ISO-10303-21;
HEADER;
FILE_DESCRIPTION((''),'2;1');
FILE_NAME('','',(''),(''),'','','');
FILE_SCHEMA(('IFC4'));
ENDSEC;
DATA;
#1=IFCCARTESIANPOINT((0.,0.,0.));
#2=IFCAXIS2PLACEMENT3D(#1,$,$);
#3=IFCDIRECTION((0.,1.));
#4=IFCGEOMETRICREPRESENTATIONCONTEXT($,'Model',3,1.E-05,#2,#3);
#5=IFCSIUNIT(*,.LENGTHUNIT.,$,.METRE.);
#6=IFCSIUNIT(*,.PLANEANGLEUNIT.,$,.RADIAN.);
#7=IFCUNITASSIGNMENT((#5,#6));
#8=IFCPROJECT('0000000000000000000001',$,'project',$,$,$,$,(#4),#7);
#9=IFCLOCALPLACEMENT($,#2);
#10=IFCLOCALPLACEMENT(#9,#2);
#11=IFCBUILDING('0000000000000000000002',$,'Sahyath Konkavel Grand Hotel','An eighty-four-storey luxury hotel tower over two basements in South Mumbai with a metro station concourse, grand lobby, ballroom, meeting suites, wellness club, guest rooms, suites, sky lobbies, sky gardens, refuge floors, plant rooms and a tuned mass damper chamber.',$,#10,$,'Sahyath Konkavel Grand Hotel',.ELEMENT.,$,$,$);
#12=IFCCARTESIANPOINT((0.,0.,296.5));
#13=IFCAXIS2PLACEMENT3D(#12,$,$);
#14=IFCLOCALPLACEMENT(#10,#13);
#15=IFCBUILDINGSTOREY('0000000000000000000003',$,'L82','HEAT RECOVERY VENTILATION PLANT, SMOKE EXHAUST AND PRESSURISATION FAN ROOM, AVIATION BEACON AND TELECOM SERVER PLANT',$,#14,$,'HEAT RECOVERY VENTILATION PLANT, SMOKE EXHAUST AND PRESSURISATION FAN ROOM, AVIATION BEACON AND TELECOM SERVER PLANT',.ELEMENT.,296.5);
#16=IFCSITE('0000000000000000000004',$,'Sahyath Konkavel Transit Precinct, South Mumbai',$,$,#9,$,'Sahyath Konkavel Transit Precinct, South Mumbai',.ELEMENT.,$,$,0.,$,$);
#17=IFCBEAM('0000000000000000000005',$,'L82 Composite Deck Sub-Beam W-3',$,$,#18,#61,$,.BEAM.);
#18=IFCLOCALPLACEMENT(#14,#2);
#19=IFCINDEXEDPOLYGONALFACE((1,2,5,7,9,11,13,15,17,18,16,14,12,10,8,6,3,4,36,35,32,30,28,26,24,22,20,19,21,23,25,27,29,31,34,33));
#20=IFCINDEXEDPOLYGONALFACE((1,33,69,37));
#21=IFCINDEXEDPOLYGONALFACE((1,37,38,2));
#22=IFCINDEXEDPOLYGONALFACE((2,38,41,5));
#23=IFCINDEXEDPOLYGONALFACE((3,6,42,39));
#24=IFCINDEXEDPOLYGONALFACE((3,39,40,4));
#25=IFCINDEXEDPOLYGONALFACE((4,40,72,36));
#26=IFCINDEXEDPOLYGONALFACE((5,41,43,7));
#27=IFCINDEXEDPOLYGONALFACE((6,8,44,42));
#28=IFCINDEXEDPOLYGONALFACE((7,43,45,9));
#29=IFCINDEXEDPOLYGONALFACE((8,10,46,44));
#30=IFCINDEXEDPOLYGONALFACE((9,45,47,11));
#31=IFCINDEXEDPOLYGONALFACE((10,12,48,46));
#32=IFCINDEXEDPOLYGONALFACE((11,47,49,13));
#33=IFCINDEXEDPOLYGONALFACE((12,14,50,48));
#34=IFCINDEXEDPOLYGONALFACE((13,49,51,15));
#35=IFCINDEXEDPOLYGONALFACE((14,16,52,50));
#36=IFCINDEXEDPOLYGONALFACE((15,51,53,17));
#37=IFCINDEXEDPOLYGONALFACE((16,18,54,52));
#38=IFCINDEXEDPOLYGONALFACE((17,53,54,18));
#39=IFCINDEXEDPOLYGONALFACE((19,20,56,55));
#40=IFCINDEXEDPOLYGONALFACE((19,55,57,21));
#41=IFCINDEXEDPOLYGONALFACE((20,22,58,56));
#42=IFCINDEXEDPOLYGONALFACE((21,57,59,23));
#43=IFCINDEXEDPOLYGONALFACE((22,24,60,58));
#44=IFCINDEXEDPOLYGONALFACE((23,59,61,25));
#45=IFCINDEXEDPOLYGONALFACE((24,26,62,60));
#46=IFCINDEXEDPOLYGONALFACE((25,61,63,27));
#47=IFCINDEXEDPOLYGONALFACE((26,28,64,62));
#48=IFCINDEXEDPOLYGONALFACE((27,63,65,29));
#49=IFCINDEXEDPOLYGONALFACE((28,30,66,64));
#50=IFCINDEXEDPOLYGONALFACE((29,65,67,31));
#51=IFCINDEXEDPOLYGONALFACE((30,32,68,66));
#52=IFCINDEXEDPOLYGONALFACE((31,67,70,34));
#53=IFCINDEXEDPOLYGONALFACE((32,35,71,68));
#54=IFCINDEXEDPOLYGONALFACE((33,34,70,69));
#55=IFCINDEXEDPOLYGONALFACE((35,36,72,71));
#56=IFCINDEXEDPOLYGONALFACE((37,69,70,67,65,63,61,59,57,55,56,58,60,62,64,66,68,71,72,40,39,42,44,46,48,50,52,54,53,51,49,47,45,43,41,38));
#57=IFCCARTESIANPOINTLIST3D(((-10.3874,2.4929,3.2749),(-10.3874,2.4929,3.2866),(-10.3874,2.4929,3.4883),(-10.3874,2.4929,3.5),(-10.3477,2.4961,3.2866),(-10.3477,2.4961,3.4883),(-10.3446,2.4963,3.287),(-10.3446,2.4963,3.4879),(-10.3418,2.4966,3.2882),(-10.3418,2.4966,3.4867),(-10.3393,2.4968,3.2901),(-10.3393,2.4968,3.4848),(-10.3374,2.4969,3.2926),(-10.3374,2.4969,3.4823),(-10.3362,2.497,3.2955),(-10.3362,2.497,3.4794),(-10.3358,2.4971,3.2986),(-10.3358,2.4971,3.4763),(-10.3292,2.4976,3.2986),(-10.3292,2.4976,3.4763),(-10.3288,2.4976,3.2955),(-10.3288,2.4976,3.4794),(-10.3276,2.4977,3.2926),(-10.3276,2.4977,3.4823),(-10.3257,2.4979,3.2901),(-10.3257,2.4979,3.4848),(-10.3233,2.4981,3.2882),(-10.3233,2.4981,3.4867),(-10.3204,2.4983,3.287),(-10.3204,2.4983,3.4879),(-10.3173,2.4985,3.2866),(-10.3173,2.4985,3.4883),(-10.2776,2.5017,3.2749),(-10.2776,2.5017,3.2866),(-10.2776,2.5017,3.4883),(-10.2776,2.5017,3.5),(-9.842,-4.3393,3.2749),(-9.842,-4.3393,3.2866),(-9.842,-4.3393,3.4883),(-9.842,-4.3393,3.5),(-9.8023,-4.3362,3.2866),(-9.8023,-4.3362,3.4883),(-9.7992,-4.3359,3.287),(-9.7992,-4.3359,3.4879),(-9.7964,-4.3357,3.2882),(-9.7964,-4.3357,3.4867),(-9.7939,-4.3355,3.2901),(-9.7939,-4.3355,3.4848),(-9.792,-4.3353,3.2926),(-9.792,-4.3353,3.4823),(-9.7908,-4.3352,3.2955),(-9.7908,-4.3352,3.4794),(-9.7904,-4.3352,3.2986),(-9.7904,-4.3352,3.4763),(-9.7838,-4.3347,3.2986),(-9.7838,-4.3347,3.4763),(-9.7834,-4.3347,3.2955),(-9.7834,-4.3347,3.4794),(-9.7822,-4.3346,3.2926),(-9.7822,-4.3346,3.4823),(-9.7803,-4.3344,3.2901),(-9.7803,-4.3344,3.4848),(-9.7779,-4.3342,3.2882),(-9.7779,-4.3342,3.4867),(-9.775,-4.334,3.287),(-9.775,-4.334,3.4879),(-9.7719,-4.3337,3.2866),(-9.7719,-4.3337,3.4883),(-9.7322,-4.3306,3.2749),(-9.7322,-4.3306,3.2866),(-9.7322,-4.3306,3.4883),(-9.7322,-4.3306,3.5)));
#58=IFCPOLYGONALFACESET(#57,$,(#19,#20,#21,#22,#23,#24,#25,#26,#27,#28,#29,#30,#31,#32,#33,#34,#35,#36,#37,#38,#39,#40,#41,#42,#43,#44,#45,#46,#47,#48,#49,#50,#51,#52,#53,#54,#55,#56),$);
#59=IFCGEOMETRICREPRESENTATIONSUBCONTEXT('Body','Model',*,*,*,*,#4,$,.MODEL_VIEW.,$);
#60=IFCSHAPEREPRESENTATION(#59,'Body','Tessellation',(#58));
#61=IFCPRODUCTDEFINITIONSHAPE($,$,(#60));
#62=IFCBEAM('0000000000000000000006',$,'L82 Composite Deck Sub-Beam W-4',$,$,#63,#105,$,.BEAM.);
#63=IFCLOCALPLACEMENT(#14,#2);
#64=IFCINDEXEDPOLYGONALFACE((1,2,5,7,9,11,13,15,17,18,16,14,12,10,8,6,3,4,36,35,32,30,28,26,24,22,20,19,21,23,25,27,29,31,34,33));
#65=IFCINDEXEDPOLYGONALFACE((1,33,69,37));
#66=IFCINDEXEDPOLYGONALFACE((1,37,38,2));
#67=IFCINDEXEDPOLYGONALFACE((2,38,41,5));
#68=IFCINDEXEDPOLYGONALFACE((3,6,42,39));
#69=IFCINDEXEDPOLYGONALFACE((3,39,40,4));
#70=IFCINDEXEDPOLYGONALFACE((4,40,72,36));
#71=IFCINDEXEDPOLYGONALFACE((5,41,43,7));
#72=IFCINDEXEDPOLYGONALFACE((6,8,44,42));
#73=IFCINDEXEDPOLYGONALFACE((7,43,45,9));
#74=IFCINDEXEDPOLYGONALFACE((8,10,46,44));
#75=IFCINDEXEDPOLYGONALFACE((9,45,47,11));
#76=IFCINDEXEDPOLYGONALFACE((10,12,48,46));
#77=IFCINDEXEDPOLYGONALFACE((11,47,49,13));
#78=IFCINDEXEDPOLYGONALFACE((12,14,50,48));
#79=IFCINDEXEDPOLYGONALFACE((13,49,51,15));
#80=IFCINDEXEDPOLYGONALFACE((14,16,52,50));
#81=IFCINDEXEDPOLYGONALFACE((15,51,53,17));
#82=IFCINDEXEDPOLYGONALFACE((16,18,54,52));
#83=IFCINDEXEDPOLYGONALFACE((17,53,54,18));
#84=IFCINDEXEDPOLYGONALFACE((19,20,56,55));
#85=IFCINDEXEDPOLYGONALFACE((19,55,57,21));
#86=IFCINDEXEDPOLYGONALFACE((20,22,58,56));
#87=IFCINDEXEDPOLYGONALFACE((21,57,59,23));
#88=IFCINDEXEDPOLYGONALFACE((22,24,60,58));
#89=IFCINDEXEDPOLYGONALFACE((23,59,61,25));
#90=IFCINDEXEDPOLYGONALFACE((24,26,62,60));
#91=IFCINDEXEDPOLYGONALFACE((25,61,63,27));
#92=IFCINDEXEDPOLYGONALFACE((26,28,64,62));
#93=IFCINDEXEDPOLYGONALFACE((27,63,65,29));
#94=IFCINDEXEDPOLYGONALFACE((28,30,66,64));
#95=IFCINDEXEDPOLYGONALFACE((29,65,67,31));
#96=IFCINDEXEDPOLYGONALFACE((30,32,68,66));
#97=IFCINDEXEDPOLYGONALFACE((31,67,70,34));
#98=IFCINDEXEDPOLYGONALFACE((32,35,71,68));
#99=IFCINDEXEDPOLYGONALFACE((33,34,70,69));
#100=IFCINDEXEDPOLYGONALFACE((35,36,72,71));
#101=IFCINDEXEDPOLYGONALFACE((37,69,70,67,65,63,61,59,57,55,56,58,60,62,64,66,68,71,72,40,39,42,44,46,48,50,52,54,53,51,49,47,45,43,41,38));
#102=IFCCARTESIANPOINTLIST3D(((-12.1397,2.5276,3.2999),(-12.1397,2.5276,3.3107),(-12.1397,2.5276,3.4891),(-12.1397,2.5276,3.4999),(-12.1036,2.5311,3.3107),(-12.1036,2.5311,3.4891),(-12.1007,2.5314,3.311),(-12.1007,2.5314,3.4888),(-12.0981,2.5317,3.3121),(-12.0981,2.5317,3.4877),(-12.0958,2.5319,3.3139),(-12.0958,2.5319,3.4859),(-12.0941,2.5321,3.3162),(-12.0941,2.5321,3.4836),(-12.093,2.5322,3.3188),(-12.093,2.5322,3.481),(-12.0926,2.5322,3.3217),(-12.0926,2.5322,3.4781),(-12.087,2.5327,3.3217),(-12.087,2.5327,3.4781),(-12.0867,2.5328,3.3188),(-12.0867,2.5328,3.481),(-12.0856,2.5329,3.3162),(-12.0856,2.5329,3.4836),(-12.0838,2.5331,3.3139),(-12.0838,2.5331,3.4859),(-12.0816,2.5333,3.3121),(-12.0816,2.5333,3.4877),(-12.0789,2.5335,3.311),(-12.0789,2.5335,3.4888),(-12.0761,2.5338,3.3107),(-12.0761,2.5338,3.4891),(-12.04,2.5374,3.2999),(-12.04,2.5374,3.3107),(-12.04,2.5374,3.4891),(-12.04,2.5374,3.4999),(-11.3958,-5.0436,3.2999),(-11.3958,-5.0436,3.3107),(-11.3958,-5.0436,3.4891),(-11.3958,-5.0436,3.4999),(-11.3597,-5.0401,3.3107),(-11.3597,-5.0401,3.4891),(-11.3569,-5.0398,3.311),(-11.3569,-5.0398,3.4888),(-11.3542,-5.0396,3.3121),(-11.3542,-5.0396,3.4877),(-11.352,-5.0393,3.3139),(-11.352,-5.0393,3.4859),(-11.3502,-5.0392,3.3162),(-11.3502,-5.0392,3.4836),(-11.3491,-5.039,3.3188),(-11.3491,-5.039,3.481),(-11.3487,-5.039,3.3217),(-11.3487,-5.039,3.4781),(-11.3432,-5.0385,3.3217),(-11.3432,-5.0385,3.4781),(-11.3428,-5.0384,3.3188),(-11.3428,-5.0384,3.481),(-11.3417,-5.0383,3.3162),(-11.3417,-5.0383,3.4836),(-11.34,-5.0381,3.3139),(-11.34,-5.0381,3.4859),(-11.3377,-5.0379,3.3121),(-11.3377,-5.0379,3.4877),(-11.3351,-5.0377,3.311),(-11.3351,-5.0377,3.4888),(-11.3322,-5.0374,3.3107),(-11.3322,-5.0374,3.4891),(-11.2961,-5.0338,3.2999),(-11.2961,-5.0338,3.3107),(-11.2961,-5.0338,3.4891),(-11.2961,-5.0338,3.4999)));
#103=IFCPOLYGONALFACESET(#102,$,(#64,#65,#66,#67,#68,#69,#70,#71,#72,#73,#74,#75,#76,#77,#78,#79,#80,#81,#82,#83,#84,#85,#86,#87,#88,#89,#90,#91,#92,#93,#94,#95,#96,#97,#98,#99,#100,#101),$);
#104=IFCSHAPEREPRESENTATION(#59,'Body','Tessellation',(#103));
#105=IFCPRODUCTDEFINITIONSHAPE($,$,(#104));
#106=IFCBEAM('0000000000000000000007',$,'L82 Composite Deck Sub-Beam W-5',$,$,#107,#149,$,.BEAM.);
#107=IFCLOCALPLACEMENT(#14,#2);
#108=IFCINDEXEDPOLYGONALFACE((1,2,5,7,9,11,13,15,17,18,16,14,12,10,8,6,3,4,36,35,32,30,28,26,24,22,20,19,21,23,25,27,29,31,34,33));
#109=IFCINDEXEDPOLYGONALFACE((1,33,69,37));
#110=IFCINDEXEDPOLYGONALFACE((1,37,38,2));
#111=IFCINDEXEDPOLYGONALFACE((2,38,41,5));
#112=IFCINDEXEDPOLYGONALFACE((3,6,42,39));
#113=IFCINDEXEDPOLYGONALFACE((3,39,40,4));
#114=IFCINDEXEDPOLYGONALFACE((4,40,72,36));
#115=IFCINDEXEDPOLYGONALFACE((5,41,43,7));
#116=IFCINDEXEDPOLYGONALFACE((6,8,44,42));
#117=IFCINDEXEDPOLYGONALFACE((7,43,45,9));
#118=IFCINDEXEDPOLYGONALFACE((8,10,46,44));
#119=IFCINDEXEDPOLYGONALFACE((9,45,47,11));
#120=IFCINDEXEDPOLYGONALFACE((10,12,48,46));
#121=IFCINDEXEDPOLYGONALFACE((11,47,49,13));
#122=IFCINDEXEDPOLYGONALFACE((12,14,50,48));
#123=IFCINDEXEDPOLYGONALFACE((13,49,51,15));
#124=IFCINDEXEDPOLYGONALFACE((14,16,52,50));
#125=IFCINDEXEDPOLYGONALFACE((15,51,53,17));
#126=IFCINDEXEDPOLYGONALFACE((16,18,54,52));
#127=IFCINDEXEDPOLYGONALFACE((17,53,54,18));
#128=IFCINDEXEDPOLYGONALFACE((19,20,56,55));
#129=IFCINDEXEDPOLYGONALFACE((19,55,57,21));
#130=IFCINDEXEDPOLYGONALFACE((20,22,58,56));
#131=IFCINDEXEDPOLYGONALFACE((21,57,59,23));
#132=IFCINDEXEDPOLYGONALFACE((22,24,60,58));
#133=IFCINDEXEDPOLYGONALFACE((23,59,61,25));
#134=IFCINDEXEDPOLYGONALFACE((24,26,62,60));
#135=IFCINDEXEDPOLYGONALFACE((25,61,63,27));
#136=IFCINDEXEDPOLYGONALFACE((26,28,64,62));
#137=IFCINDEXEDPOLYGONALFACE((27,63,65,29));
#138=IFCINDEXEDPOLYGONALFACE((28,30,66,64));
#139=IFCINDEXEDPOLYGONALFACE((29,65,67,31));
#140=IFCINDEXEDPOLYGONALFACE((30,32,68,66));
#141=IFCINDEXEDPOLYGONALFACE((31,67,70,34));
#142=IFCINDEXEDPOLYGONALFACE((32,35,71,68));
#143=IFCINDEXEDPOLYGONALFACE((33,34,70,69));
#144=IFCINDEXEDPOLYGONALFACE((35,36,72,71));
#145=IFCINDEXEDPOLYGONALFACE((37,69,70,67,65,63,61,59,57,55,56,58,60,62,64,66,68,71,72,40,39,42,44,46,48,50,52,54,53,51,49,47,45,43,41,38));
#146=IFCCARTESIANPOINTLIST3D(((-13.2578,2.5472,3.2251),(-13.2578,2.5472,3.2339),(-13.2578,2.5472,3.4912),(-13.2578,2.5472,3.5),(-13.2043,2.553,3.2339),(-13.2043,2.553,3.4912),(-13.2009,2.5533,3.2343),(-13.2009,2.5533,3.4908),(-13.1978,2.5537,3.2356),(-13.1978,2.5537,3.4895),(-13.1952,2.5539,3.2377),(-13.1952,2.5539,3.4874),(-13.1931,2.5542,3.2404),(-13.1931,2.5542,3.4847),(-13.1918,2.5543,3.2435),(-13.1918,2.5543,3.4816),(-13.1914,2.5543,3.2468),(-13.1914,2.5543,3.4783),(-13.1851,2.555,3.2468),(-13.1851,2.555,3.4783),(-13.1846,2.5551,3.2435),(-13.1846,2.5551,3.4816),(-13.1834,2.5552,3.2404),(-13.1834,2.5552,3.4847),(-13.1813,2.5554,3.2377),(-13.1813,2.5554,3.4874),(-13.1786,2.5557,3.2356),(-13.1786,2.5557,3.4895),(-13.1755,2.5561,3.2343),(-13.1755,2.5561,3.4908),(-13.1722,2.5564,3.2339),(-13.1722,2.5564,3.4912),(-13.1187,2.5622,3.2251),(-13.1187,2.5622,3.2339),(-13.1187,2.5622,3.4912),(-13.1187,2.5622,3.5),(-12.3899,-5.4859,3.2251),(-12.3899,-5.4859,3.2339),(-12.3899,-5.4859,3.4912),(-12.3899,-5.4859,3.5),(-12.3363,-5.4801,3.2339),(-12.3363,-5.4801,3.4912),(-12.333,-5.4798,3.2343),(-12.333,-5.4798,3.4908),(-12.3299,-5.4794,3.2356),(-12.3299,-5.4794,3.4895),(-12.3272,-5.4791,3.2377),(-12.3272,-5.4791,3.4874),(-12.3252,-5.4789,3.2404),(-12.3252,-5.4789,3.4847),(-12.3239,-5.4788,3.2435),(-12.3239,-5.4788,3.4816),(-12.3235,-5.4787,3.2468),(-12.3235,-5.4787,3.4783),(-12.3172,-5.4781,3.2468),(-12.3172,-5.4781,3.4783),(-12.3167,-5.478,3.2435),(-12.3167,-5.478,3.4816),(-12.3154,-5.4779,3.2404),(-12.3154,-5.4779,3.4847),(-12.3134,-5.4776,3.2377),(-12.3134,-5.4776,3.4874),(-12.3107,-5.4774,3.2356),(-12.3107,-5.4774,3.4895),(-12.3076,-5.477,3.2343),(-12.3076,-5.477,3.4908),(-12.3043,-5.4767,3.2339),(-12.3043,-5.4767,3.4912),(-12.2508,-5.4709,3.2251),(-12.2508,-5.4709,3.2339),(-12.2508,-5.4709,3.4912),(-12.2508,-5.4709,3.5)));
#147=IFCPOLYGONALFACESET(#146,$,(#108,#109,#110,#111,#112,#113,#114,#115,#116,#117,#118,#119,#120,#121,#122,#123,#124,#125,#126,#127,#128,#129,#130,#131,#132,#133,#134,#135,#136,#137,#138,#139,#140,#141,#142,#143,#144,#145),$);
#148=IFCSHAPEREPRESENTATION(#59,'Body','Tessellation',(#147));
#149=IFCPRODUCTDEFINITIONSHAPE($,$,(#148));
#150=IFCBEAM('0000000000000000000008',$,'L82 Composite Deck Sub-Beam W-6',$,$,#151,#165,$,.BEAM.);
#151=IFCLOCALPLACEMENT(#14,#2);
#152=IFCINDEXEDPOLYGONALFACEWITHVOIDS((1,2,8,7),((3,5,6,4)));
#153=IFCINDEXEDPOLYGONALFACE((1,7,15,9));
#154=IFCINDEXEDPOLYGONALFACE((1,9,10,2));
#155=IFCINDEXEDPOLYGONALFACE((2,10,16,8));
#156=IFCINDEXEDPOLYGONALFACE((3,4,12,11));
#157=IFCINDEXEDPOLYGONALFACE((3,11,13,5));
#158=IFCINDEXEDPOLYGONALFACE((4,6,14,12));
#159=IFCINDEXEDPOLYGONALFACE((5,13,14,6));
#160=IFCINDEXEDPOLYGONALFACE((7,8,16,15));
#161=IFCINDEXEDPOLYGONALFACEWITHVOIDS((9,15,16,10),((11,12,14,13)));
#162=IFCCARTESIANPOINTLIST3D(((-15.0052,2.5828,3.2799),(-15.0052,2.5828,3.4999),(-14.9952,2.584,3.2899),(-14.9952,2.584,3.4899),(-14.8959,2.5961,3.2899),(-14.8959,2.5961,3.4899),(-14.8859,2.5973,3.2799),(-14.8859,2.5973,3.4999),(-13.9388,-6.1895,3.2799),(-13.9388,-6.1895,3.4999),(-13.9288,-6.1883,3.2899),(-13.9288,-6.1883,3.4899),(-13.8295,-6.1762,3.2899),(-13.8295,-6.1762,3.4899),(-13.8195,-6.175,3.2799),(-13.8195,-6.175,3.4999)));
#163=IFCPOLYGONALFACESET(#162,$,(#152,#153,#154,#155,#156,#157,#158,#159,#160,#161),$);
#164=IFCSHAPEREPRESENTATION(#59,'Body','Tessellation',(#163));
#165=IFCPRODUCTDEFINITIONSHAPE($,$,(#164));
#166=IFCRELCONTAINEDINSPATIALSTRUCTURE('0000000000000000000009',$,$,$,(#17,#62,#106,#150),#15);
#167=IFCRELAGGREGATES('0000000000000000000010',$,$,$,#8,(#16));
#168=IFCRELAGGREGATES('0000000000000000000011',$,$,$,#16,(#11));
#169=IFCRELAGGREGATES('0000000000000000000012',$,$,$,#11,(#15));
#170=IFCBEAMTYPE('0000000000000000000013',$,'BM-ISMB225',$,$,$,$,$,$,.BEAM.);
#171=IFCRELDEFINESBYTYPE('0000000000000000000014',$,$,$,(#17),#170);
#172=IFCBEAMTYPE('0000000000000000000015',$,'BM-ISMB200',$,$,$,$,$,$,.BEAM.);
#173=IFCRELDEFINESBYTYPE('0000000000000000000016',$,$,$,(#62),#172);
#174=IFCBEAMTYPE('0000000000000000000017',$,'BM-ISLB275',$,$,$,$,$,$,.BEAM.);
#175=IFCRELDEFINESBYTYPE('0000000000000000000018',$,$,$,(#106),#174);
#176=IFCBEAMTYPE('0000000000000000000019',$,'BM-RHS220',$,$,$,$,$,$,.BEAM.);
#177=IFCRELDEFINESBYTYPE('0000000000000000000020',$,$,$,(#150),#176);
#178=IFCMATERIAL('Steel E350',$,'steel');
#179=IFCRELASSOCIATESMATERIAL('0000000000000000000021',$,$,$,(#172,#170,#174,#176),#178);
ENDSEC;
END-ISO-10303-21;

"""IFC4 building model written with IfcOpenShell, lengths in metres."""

from ifc_helpers import new_model, si_unit, direction, frame, origin, origin_2d, place, context, subcontext, project, spatial, hollow_rectangle, i_section, extrude, source, transform, mapped, material, material_profile, profile_set, type_object, element, save


model = new_model("IFC4")

# Units and contexts
model_context = context("Model", 3, precision=1e-05, world=origin(), true_north=direction((0.0, 1.0)))
body_context = subcontext(model_context, "Body", "Model", "MODEL_VIEW")
ifc_project = project(units=[si_unit("LENGTHUNIT", "METRE"), si_unit("PLANEANGLEUNIT", "RADIAN")], contexts=[model_context])

# Site, building, storey
site_placement = place(None, origin())
site = spatial("IfcSite", under=ifc_project, at=site_placement, Name="Sahyath Konkavel Transit Precinct, South Mumbai", LongName="Sahyath Konkavel Transit Precinct, South Mumbai", CompositionType="ELEMENT", RefElevation=0.0)
building_placement = place(site_placement, origin())
building = spatial("IfcBuilding", under=site, at=building_placement, Name="Sahyath Konkavel Grand Hotel", Description="An eighty-four-storey luxury hotel tower over two basements in South Mumbai with a metro station concourse, grand lobby, ballroom, meeting suites, wellness club, guest rooms, suites, sky lobbies, sky gardens, refuge floors, plant rooms and a tuned mass damper chamber.", LongName="Sahyath Konkavel Grand Hotel", CompositionType="ELEMENT")
storey_placement = place(building_placement, frame((0.0, 0.0, 296.5)))
storey = spatial("IfcBuildingStorey", under=building, at=storey_placement, Name="L82", Description="HEAT RECOVERY VENTILATION PLANT, SMOKE EXHAUST AND PRESSURISATION FAN ROOM, AVIATION BEACON AND TELECOM SERVER PLANT", LongName="HEAT RECOVERY VENTILATION PLANT, SMOKE EXHAUST AND PRESSURISATION FAN ROOM, AVIATION BEACON AND TELECOM SERVER PLANT", CompositionType="ELEMENT", Elevation=296.5)

# Beams
ifc_material_1 = material(Name="Steel E350", Category="steel")
ifc_material_profile_1 = material_profile(ifc_material_1, i_section(OverallWidth=0.1001, OverallDepth=0.2, WebThickness=0.0056, FlangeThickness=0.0107, FilletRadius=0.011, at=origin_2d()), Name="ISMB 200")
ifc_profile_set_1 = profile_set([ifc_material_profile_1], Name="Steel E350")
beam_type_1 = type_object("IfcBeamType", Name="BM-ISMB200", PredefinedType="BEAM", material=ifc_profile_set_1)
ifc_material_profile_2 = material_profile(ifc_material_1, i_section(OverallWidth=0.1101, OverallDepth=0.2251, WebThickness=0.0066, FlangeThickness=0.0117, FilletRadius=0.012, at=origin_2d()), Name="ISMB 225")
ifc_profile_set_2 = profile_set([ifc_material_profile_2], Name="Steel E350")
beam_type_2 = type_object("IfcBeamType", Name="BM-ISMB225", PredefinedType="BEAM", material=ifc_profile_set_2)
shared_shape_1 = source(origin(), body_context, "Body", "SweptSolid", [
    extrude(i_section(OverallWidth=0.1101, OverallDepth=0.2251, WebThickness=0.0066, FlangeThickness=0.0117, FilletRadius=0.012, at=origin_2d()), origin(), (0.0, 0.0, 1.0), 6.854),
])
beam_1_placement = place(storey_placement, frame((-10.3325, 2.4973, 3.3875), z_axis=(0.079575, -0.996829, 0.0), x_axis=(0.996829, 0.079575, 0.0)))
element("IfcBeam", 1, at=beam_1_placement, inside=storey, type_object=beam_type_2, Name="L82 Composite Deck Sub-Beam W-3", PredefinedType="BEAM", context=body_context, shape_type="MappedRepresentation", body=[
    mapped(shared_shape_1, transform((0.0, 0.0, 0.0), scale=1.0)),
])
shared_shape_2 = source(origin(), body_context, "Body", "SweptSolid", [
    extrude(i_section(OverallWidth=0.1001, OverallDepth=0.2, WebThickness=0.0056, FlangeThickness=0.0107, FilletRadius=0.011, at=origin_2d()), origin(), (0.0, 0.0, 1.0), 7.6077),
])
beam_2_placement = place(storey_placement, frame((-12.0898, 2.5325, 3.3999), z_axis=(0.097781, -0.995208, 0.0), x_axis=(0.995208, 0.097781, 0.0)))
element("IfcBeam", 2, at=beam_2_placement, inside=storey, type_object=beam_type_1, Name="L82 Composite Deck Sub-Beam W-4", PredefinedType="BEAM", context=body_context, shape_type="MappedRepresentation", body=[
    mapped(shared_shape_2, transform((0.0, 0.0, 0.0), scale=1.0)),
])
ifc_material_profile_3 = material_profile(ifc_material_1, i_section(OverallWidth=0.1399, OverallDepth=0.2749, WebThickness=0.0063, FlangeThickness=0.0088, FilletRadius=0.0129, at=origin_2d()), Name="ISLB 275")
ifc_profile_set_3 = profile_set([ifc_material_profile_3], Name="Steel E350")
beam_type_3 = type_object("IfcBeamType", Name="BM-ISLB275", PredefinedType="BEAM", material=ifc_profile_set_3)
shared_shape_3 = source(origin(), body_context, "Body", "SweptSolid", [
    extrude(i_section(OverallWidth=0.1399, OverallDepth=0.2749, WebThickness=0.0063, FlangeThickness=0.0088, FilletRadius=0.0129, at=origin_2d()), origin(), (0.0, 0.0, 1.0), 8.0798),
])
beam_3_placement = place(storey_placement, frame((-13.1882, 2.5547, 3.3625), z_axis=(0.107416, -0.994214, 0.0), x_axis=(0.994214, 0.107416, 0.0)))
element("IfcBeam", 3, at=beam_3_placement, inside=storey, type_object=beam_type_3, Name="L82 Composite Deck Sub-Beam W-5", PredefinedType="BEAM", context=body_context, shape_type="MappedRepresentation", body=[
    mapped(shared_shape_3, transform((0.0, 0.0, 0.0), scale=1.0)),
])
ifc_material_profile_4 = material_profile(ifc_material_1, hollow_rectangle(XDim=0.1201, YDim=0.22, WallThickness=0.01, at=origin_2d()), Name="RHS 220x120x10")
ifc_profile_set_4 = profile_set([ifc_material_profile_4], Name="Steel E350")
beam_type_4 = type_object("IfcBeamType", Name="BM-RHS220", PredefinedType="BEAM", material=ifc_profile_set_4)
shared_shape_4 = source(origin(), body_context, "Body", "SweptSolid", [
    extrude(hollow_rectangle(XDim=0.1201, YDim=0.22, WallThickness=0.01, at=origin_2d()), origin(), (0.0, 0.0, 1.0), 8.8369),
])
beam_4_placement = place(storey_placement, frame((-14.9456, 2.5901, 3.3899), z_axis=(0.120678, -0.992692, 0.0), x_axis=(0.992692, 0.120678, 0.0)))
element("IfcBeam", 4, at=beam_4_placement, inside=storey, type_object=beam_type_4, Name="L82 Composite Deck Sub-Beam W-6", PredefinedType="BEAM", context=body_context, shape_type="MappedRepresentation", body=[
    mapped(shared_shape_4, transform((0.0, 0.0, 0.0), scale=1.0)),
])

save(model, "model.ifc")
